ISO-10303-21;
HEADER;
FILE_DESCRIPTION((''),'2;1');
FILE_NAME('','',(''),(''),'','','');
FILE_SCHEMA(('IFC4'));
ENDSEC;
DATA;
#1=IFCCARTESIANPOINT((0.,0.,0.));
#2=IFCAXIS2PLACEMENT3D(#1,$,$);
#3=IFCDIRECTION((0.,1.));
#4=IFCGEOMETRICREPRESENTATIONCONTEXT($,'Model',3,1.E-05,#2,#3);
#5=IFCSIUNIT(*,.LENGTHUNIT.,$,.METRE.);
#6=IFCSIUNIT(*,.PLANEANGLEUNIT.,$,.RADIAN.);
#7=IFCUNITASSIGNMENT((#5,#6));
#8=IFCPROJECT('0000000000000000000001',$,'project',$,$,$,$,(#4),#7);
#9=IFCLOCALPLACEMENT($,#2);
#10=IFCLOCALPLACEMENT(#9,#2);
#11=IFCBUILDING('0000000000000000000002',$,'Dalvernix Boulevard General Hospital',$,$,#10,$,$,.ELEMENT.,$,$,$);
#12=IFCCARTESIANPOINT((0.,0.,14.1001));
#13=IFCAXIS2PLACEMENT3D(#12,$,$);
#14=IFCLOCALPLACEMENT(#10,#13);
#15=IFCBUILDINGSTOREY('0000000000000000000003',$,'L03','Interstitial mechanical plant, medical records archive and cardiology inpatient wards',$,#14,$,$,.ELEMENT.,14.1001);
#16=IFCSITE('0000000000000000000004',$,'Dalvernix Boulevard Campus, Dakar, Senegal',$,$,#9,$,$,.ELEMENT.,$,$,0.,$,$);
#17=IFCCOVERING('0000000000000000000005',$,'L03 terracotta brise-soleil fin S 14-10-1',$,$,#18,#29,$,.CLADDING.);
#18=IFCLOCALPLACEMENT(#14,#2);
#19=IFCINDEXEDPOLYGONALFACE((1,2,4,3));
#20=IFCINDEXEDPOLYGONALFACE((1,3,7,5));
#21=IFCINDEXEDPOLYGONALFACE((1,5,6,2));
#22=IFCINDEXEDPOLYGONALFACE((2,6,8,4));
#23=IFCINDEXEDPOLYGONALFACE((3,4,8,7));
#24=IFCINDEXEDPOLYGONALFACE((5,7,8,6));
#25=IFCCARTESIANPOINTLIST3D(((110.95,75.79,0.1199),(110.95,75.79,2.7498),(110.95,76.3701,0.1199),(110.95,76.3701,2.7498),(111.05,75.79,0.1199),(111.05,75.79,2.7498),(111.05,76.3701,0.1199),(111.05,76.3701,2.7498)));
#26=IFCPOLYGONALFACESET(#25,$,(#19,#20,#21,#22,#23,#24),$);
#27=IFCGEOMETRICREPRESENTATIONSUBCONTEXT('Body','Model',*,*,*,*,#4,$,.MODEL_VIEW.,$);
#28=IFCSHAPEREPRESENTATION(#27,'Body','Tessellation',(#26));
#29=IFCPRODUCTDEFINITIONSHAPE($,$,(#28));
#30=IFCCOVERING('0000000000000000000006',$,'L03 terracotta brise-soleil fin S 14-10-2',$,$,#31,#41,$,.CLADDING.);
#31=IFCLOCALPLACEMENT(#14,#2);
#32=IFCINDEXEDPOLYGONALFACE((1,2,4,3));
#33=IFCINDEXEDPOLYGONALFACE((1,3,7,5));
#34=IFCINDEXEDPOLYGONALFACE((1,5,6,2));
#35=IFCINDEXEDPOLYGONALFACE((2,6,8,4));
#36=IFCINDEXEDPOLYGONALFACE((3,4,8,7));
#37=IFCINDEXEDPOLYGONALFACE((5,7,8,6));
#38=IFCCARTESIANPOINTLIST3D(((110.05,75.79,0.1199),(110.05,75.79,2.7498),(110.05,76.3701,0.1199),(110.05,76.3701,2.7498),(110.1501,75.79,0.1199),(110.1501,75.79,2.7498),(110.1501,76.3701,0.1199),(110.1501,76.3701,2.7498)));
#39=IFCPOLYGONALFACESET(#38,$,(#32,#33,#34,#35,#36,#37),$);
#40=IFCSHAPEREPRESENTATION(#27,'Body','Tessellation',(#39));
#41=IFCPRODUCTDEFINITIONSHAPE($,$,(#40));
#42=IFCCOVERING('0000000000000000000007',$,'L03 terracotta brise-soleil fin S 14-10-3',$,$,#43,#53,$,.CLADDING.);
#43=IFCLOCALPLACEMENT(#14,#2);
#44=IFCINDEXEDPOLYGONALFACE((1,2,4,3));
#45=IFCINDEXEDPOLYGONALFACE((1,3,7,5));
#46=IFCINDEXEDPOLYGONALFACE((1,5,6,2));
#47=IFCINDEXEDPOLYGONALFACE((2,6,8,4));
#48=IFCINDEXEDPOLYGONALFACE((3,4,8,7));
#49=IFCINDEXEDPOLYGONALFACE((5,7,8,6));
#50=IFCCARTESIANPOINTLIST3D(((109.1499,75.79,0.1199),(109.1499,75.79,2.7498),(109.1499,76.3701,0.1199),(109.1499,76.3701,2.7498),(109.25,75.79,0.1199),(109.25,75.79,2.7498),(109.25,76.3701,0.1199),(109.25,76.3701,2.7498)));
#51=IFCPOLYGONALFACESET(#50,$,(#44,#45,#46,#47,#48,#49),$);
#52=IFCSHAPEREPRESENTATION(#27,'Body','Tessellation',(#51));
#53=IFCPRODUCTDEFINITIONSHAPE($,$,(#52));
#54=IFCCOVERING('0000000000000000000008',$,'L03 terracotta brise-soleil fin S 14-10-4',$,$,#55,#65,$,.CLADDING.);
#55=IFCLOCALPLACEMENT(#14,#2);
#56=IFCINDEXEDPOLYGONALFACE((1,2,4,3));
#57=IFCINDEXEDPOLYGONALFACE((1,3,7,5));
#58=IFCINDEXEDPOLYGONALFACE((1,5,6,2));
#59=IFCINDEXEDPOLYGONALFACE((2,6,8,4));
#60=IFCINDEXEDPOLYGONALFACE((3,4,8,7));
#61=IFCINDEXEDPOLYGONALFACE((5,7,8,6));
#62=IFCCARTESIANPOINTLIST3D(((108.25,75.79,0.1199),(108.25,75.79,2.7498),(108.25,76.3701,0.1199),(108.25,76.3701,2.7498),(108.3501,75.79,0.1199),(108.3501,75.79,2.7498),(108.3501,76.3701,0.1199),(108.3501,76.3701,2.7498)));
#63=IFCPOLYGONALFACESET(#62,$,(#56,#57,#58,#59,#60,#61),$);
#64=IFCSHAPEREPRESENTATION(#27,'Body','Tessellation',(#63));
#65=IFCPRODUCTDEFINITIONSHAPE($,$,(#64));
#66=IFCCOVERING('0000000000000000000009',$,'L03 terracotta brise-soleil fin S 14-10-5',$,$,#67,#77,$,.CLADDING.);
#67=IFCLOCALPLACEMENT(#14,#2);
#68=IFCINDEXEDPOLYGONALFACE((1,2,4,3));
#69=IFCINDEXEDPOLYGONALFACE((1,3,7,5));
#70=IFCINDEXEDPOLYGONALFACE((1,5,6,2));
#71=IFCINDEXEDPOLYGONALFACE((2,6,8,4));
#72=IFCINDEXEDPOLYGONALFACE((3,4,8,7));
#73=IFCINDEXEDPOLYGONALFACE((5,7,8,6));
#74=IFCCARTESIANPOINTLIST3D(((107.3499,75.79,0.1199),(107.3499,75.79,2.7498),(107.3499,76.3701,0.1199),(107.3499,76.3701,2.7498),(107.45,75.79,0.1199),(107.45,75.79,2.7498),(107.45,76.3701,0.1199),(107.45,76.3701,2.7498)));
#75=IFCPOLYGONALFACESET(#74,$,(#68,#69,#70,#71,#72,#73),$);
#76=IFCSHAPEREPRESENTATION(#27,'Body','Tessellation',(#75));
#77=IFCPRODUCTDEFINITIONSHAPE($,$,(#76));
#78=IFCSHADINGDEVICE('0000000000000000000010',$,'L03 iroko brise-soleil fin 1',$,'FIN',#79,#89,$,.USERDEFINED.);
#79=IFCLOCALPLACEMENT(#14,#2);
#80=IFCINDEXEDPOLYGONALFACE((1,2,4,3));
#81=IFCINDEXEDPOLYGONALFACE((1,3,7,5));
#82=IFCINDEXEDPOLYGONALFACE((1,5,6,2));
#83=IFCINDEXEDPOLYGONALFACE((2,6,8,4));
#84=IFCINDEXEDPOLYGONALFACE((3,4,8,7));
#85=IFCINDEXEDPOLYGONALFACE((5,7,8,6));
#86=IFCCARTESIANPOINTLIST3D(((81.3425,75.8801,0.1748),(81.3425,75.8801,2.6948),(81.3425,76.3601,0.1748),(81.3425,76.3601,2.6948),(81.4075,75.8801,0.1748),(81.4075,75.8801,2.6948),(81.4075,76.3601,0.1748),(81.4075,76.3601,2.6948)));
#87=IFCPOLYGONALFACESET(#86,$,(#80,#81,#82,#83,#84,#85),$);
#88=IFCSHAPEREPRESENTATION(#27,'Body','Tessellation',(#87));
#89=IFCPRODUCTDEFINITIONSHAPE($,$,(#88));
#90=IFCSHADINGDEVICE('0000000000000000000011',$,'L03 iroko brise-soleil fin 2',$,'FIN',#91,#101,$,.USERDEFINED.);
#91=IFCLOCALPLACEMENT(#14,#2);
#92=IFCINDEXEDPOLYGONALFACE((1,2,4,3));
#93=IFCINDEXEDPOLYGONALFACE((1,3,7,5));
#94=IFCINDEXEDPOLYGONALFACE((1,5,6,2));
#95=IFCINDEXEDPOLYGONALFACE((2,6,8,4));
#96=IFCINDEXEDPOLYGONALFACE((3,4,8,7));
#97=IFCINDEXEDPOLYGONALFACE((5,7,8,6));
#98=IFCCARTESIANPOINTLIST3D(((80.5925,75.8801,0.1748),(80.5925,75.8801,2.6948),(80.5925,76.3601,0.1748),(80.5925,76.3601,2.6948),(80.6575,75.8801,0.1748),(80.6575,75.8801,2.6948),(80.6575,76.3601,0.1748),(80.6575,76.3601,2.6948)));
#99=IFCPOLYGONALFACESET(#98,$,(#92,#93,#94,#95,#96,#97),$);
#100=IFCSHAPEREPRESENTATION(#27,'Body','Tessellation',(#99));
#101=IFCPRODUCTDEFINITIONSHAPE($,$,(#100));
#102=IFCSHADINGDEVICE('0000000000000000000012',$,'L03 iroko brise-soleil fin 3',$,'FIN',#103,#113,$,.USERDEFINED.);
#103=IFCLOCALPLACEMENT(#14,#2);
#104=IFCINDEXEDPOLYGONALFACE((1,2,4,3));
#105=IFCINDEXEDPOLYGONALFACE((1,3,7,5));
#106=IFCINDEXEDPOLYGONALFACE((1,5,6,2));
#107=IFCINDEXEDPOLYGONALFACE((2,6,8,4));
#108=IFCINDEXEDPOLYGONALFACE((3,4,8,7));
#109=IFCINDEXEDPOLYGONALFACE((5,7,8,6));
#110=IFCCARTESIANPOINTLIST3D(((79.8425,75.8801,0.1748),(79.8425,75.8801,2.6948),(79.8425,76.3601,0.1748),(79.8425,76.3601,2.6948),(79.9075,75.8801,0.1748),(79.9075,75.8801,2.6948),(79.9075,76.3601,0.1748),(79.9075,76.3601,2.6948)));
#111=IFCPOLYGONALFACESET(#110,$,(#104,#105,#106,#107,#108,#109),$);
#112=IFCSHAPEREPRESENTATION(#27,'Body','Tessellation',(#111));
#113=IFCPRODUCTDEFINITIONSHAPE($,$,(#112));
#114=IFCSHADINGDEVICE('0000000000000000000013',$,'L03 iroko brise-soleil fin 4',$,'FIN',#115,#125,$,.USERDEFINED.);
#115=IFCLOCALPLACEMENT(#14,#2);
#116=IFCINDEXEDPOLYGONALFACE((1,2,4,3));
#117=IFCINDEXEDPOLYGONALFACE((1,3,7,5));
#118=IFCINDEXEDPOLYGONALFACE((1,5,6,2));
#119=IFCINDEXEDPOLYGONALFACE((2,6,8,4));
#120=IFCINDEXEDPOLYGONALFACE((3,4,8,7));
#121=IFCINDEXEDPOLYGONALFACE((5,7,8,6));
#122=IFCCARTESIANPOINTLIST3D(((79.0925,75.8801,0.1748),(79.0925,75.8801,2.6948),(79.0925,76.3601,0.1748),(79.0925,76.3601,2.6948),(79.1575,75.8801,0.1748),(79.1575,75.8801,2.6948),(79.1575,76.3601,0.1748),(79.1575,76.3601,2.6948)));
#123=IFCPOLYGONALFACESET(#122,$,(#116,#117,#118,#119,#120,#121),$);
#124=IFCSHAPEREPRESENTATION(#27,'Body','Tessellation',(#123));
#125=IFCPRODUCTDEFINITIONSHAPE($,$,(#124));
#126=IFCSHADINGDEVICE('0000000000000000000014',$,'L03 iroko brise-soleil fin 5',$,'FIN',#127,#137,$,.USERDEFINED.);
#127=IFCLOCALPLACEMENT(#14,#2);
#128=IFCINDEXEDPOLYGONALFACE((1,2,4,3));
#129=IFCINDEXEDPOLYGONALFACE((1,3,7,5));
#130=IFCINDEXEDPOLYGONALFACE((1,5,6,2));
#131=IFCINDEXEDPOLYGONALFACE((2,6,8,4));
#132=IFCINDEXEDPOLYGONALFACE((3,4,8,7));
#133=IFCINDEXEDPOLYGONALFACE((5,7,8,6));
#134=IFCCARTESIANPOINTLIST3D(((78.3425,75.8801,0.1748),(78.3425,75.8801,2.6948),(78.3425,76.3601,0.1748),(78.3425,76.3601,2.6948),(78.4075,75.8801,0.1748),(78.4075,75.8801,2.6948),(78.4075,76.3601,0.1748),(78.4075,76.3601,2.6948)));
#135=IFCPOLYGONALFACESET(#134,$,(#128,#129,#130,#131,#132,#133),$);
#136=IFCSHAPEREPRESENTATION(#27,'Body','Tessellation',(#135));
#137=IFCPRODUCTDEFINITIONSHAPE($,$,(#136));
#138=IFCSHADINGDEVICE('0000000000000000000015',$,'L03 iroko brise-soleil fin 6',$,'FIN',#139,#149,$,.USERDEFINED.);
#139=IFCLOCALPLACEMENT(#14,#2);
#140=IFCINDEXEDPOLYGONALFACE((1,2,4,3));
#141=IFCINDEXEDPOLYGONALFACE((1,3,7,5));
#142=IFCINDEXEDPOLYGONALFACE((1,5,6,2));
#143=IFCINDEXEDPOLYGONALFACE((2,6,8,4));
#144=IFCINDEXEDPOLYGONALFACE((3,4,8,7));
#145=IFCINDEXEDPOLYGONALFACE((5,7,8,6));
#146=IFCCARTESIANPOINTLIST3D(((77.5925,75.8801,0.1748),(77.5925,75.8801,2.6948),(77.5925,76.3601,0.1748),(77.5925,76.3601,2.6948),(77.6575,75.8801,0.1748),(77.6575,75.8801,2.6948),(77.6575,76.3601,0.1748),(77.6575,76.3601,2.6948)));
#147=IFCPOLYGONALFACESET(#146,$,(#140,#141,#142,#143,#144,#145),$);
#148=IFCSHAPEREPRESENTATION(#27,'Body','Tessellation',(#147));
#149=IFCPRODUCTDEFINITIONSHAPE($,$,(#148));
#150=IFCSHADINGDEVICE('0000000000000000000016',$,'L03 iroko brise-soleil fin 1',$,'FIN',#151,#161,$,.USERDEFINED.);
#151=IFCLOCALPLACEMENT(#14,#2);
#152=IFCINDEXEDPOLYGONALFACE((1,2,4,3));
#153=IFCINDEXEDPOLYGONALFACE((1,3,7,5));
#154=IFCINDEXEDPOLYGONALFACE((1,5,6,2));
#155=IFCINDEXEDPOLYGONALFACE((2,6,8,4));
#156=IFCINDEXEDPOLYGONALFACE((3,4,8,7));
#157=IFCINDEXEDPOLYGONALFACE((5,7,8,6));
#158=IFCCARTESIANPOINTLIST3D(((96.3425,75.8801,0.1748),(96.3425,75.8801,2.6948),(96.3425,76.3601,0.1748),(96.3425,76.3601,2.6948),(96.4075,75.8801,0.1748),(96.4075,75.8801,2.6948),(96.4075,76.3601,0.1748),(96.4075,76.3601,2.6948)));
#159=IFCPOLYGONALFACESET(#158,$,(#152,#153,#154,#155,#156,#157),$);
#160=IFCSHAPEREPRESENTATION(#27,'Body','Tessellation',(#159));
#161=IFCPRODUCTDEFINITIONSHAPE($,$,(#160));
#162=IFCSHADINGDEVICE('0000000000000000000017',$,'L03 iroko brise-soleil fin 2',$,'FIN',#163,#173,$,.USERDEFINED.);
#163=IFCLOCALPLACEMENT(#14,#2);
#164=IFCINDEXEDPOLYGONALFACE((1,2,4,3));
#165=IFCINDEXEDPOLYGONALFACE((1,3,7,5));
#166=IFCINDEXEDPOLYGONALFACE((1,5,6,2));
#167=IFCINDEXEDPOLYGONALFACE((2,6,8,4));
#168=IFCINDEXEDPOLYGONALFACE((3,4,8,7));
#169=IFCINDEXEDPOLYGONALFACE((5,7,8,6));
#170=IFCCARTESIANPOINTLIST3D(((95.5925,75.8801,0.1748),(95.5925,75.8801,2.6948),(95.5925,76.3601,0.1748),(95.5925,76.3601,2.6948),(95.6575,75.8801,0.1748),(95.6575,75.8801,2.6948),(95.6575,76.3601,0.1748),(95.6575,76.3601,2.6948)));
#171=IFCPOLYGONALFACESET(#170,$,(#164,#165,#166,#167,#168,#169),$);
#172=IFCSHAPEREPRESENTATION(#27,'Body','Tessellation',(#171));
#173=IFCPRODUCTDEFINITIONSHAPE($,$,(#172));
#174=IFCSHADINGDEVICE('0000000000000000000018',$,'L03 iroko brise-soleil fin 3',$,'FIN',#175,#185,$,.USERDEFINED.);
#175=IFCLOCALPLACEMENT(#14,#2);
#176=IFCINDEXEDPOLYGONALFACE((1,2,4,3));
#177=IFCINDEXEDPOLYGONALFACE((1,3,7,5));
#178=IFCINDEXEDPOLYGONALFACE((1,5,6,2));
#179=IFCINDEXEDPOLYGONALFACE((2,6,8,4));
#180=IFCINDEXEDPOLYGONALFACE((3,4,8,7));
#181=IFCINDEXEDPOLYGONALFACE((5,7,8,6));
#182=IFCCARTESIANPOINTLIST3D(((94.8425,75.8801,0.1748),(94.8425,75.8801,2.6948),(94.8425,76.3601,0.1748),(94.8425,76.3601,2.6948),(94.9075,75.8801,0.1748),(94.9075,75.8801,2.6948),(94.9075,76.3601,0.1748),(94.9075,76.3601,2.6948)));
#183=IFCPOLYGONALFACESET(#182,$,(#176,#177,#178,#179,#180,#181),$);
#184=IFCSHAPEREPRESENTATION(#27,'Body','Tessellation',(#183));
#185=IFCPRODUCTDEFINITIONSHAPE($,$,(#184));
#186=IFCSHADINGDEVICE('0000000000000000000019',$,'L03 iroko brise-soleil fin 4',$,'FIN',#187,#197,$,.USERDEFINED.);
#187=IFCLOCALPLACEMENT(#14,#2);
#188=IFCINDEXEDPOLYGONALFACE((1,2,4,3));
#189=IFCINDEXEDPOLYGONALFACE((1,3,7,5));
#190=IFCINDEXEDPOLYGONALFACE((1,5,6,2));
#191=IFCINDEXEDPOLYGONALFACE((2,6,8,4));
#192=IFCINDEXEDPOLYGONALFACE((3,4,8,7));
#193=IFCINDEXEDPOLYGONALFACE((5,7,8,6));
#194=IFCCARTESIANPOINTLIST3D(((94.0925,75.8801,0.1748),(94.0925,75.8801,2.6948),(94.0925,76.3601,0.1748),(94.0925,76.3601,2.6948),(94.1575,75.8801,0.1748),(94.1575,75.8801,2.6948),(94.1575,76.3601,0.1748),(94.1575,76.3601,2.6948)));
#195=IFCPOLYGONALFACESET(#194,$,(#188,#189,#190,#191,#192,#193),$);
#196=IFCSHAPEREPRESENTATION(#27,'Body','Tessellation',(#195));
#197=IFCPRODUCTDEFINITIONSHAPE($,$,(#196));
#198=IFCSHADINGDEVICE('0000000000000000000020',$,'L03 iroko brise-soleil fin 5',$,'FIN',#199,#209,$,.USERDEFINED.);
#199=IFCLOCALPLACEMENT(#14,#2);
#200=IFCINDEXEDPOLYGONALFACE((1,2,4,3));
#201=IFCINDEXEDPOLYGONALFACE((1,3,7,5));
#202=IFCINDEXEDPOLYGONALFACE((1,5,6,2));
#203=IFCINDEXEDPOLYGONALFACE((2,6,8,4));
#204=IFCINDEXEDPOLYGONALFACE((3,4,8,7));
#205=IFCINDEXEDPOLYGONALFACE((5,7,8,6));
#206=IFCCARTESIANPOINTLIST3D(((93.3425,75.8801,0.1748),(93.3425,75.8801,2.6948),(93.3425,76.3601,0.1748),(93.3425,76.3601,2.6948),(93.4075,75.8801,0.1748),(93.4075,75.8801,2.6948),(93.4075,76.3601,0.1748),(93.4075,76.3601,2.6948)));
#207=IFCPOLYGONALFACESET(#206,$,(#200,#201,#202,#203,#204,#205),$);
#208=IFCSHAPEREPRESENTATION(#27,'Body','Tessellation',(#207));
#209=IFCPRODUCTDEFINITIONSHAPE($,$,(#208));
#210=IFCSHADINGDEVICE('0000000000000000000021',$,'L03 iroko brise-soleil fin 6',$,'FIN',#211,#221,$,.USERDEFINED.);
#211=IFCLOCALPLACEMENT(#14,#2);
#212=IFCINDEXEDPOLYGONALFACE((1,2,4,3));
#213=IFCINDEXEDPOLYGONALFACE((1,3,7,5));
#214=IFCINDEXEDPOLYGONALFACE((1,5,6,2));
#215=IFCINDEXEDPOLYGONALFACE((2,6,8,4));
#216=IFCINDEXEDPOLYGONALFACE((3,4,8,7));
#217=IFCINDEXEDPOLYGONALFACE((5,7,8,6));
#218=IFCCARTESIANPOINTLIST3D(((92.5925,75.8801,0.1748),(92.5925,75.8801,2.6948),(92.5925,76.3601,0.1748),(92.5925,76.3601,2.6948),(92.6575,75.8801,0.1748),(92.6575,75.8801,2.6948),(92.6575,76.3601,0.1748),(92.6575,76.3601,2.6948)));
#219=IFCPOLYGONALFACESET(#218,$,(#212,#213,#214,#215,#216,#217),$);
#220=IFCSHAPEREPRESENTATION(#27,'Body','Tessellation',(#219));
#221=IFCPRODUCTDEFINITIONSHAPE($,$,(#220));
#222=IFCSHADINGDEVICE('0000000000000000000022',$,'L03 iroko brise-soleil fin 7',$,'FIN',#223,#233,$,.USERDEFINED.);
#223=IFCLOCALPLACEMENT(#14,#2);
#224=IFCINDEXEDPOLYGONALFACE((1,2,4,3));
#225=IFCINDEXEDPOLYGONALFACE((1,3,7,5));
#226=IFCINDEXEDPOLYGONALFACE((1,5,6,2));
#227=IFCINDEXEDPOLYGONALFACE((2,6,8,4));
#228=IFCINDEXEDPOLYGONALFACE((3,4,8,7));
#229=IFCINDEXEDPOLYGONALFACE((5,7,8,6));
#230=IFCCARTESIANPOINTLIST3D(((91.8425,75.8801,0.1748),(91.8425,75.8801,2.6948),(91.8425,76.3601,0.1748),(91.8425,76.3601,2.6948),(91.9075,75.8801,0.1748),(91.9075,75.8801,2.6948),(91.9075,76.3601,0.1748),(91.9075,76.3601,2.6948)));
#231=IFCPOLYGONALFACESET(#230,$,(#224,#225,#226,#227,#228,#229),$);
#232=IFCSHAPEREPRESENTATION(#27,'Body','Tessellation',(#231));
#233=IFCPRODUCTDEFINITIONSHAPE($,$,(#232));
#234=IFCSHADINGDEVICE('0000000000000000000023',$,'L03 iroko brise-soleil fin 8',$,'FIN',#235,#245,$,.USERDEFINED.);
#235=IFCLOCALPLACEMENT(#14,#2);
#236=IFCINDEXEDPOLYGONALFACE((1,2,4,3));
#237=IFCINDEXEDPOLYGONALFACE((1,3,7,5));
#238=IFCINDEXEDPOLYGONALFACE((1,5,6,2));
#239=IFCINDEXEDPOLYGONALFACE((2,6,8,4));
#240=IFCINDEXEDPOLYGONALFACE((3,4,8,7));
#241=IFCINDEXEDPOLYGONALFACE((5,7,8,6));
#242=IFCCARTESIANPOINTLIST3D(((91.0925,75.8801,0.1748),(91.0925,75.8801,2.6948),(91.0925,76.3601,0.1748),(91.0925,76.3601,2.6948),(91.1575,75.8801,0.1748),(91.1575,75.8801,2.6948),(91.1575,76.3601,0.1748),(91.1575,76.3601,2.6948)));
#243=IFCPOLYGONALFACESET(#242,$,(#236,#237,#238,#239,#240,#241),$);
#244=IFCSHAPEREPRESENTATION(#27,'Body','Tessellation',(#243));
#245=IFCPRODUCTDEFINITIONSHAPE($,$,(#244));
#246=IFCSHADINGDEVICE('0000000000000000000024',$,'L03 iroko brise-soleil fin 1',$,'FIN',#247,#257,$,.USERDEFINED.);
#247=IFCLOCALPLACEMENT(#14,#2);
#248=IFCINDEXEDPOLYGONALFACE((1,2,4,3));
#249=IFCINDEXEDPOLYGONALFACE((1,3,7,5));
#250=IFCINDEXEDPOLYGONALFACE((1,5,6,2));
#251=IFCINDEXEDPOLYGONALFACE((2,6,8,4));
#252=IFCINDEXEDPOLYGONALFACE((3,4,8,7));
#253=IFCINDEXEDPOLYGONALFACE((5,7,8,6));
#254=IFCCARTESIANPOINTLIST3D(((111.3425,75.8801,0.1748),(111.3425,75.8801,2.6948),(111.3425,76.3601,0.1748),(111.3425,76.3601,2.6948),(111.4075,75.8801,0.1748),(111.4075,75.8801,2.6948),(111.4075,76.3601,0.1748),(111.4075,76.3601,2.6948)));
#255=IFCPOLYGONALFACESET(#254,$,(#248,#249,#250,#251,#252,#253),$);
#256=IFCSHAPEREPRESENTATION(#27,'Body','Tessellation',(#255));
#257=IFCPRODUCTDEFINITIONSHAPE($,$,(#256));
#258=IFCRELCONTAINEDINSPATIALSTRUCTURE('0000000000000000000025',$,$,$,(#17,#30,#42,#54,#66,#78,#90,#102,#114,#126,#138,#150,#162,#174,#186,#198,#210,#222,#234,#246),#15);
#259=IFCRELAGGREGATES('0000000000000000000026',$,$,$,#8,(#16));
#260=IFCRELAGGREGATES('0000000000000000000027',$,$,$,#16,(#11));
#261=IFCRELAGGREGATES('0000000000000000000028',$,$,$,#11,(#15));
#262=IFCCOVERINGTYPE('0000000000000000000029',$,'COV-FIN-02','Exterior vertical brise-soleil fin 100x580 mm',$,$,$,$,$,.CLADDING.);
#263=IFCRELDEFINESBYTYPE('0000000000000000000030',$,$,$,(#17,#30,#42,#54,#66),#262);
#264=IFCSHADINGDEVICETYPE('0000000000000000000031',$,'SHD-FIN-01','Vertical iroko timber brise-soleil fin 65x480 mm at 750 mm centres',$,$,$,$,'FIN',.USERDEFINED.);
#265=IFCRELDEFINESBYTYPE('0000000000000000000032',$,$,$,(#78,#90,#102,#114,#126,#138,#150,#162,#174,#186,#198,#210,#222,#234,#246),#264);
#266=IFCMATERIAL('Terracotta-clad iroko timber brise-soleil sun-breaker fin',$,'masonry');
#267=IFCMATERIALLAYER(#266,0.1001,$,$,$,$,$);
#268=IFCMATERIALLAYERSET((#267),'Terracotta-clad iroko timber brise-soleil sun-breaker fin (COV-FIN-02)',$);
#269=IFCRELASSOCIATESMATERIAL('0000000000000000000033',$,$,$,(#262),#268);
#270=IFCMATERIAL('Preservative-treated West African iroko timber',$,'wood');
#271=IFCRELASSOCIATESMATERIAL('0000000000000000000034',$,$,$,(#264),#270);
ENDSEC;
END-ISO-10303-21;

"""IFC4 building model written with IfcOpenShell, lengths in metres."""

from ifc_helpers import new_model, si_unit, direction, frame, origin, origin_2d, place, context, subcontext, project, spatial, rectangle, extrude, material, layer, layer_set, type_object, element, save


model = new_model("IFC4")

# Units and contexts
model_context = context("Model", 3, precision=1e-05, world=origin(), true_north=direction((0.0, 1.0)))
body_context = subcontext(model_context, "Body", "Model", "MODEL_VIEW")
ifc_project = project(units=[si_unit("LENGTHUNIT", "METRE"), si_unit("PLANEANGLEUNIT", "RADIAN")], contexts=[model_context])

# Site, building, storey
site_placement = place(None, origin())
site = spatial("IfcSite", under=ifc_project, at=site_placement, Name="Dalvernix Boulevard Campus, Dakar, Senegal", CompositionType="ELEMENT", RefElevation=0.0)
building_placement = place(site_placement, origin())
building = spatial("IfcBuilding", under=site, at=building_placement, Name="Dalvernix Boulevard General Hospital", CompositionType="ELEMENT")
storey_placement = place(building_placement, frame((0.0, 0.0, 14.1001)))
storey = spatial("IfcBuildingStorey", under=building, at=storey_placement, Name="L03", Description="Interstitial mechanical plant, medical records archive and cardiology inpatient wards", CompositionType="ELEMENT", Elevation=14.1001)

# Coverings
ifc_material_1 = material(Name="Terracotta-clad iroko timber brise-soleil sun-breaker fin", Category="masonry")
ifc_layer = layer(ifc_material_1, 0.1001)
ifc_layer_set = layer_set([ifc_layer], Name="Terracotta-clad iroko timber brise-soleil sun-breaker fin (COV-FIN-02)")
covering_type = type_object("IfcCoveringType", Name="COV-FIN-02", Description="Exterior vertical brise-soleil fin 100x580 mm", PredefinedType="CLADDING", material=ifc_layer_set)
for number, where, z_axis, x_axis, name in (
    (1, (111.0, 76.0801, 0.1199), (0.0, 0.0, 1.0), (-1.0, 0.0, 0.0), "L03 terracotta brise-soleil fin S 14-10-1"),
    (2, (110.1001, 76.0801, 0.1199), (0.0, 0.0, 1.0), (-1.0, 0.0, 0.0), "L03 terracotta brise-soleil fin S 14-10-2"),
    (3, (109.2, 76.0801, 0.1199), (0.0, 0.0, 1.0), (-1.0, 0.0, 0.0), "L03 terracotta brise-soleil fin S 14-10-3"),
    (4, (108.3, 76.0801, 0.1199), (0.0, 0.0, 1.0), (-1.0, 0.0, 0.0), "L03 terracotta brise-soleil fin S 14-10-4"),
    (5, (107.3999, 76.0801, 0.1199), (0.0, 0.0, 1.0), (-1.0, 0.0, 0.0), "L03 terracotta brise-soleil fin S 14-10-5"),
):
    element("IfcCovering", number, at=place(storey_placement, frame(where, z_axis=z_axis, x_axis=x_axis)), inside=storey, type_object=covering_type, Name=name, PredefinedType="CLADDING", context=body_context, shape_type="SweptSolid", body=[
        extrude(rectangle(XDim=0.1001, YDim=0.5801, at=origin_2d()), origin(), (0.0, 0.0, 1.0), 2.6299),
    ])

# Shading devices
ifc_material_2 = material(Name="Preservative-treated West African iroko timber", Category="wood")
shading_device_type = type_object("IfcShadingDeviceType", Name="SHD-FIN-01", Description="Vertical iroko timber brise-soleil fin 65x480 mm at 750 mm centres", ElementType="FIN", PredefinedType="USERDEFINED", material=ifc_material_2)
for number, where, z_axis, x_axis, name in (
    (6, (81.375, 76.1201, 0.1748), (0.0, 0.0, 1.0), (-1.0, 0.0, 0.0), "L03 iroko brise-soleil fin 1"),
    (7, (80.625, 76.1201, 0.1748), (0.0, 0.0, 1.0), (-1.0, 0.0, 0.0), "L03 iroko brise-soleil fin 2"),
    (8, (79.875, 76.1201, 0.1748), (0.0, 0.0, 1.0), (-1.0, 0.0, 0.0), "L03 iroko brise-soleil fin 3"),
    (9, (79.125, 76.1201, 0.1748), (0.0, 0.0, 1.0), (-1.0, 0.0, 0.0), "L03 iroko brise-soleil fin 4"),
    (10, (78.375, 76.1201, 0.1748), (0.0, 0.0, 1.0), (-1.0, 0.0, 0.0), "L03 iroko brise-soleil fin 5"),
    (11, (77.625, 76.1201, 0.1748), (0.0, 0.0, 1.0), (-1.0, 0.0, 0.0), "L03 iroko brise-soleil fin 6"),
    (12, (96.375, 76.1201, 0.1748), (0.0, 0.0, 1.0), (-1.0, 0.0, 0.0), "L03 iroko brise-soleil fin 1"),
    (13, (95.625, 76.1201, 0.1748), (0.0, 0.0, 1.0), (-1.0, 0.0, 0.0), "L03 iroko brise-soleil fin 2"),
    (14, (94.875, 76.1201, 0.1748), (0.0, 0.0, 1.0), (-1.0, 0.0, 0.0), "L03 iroko brise-soleil fin 3"),
    (15, (94.125, 76.1201, 0.1748), (0.0, 0.0, 1.0), (-1.0, 0.0, 0.0), "L03 iroko brise-soleil fin 4"),
    (16, (93.375, 76.1201, 0.1748), (0.0, 0.0, 1.0), (-1.0, 0.0, 0.0), "L03 iroko brise-soleil fin 5"),
    (17, (92.625, 76.1201, 0.1748), (0.0, 0.0, 1.0), (-1.0, 0.0, 0.0), "L03 iroko brise-soleil fin 6"),
    (18, (91.875, 76.1201, 0.1748), (0.0, 0.0, 1.0), (-1.0, 0.0, 0.0), "L03 iroko brise-soleil fin 7"),
    (19, (91.125, 76.1201, 0.1748), (0.0, 0.0, 1.0), (-1.0, 0.0, 0.0), "L03 iroko brise-soleil fin 8"),
    (20, (111.375, 76.1201, 0.1748), (0.0, 0.0, 1.0), (-1.0, 0.0, 0.0), "L03 iroko brise-soleil fin 1"),
):
    element("IfcShadingDevice", number, at=place(storey_placement, frame(where, z_axis=z_axis, x_axis=x_axis)), inside=storey, type_object=shading_device_type, Name=name, ObjectType="FIN", PredefinedType="USERDEFINED", context=body_context, shape_type="SweptSolid", body=[
        extrude(rectangle(XDim=0.0649, YDim=0.48, at=origin_2d()), origin(), (0.0, 0.0, 1.0), 2.52),
    ])

save(model, "model.ifc")
